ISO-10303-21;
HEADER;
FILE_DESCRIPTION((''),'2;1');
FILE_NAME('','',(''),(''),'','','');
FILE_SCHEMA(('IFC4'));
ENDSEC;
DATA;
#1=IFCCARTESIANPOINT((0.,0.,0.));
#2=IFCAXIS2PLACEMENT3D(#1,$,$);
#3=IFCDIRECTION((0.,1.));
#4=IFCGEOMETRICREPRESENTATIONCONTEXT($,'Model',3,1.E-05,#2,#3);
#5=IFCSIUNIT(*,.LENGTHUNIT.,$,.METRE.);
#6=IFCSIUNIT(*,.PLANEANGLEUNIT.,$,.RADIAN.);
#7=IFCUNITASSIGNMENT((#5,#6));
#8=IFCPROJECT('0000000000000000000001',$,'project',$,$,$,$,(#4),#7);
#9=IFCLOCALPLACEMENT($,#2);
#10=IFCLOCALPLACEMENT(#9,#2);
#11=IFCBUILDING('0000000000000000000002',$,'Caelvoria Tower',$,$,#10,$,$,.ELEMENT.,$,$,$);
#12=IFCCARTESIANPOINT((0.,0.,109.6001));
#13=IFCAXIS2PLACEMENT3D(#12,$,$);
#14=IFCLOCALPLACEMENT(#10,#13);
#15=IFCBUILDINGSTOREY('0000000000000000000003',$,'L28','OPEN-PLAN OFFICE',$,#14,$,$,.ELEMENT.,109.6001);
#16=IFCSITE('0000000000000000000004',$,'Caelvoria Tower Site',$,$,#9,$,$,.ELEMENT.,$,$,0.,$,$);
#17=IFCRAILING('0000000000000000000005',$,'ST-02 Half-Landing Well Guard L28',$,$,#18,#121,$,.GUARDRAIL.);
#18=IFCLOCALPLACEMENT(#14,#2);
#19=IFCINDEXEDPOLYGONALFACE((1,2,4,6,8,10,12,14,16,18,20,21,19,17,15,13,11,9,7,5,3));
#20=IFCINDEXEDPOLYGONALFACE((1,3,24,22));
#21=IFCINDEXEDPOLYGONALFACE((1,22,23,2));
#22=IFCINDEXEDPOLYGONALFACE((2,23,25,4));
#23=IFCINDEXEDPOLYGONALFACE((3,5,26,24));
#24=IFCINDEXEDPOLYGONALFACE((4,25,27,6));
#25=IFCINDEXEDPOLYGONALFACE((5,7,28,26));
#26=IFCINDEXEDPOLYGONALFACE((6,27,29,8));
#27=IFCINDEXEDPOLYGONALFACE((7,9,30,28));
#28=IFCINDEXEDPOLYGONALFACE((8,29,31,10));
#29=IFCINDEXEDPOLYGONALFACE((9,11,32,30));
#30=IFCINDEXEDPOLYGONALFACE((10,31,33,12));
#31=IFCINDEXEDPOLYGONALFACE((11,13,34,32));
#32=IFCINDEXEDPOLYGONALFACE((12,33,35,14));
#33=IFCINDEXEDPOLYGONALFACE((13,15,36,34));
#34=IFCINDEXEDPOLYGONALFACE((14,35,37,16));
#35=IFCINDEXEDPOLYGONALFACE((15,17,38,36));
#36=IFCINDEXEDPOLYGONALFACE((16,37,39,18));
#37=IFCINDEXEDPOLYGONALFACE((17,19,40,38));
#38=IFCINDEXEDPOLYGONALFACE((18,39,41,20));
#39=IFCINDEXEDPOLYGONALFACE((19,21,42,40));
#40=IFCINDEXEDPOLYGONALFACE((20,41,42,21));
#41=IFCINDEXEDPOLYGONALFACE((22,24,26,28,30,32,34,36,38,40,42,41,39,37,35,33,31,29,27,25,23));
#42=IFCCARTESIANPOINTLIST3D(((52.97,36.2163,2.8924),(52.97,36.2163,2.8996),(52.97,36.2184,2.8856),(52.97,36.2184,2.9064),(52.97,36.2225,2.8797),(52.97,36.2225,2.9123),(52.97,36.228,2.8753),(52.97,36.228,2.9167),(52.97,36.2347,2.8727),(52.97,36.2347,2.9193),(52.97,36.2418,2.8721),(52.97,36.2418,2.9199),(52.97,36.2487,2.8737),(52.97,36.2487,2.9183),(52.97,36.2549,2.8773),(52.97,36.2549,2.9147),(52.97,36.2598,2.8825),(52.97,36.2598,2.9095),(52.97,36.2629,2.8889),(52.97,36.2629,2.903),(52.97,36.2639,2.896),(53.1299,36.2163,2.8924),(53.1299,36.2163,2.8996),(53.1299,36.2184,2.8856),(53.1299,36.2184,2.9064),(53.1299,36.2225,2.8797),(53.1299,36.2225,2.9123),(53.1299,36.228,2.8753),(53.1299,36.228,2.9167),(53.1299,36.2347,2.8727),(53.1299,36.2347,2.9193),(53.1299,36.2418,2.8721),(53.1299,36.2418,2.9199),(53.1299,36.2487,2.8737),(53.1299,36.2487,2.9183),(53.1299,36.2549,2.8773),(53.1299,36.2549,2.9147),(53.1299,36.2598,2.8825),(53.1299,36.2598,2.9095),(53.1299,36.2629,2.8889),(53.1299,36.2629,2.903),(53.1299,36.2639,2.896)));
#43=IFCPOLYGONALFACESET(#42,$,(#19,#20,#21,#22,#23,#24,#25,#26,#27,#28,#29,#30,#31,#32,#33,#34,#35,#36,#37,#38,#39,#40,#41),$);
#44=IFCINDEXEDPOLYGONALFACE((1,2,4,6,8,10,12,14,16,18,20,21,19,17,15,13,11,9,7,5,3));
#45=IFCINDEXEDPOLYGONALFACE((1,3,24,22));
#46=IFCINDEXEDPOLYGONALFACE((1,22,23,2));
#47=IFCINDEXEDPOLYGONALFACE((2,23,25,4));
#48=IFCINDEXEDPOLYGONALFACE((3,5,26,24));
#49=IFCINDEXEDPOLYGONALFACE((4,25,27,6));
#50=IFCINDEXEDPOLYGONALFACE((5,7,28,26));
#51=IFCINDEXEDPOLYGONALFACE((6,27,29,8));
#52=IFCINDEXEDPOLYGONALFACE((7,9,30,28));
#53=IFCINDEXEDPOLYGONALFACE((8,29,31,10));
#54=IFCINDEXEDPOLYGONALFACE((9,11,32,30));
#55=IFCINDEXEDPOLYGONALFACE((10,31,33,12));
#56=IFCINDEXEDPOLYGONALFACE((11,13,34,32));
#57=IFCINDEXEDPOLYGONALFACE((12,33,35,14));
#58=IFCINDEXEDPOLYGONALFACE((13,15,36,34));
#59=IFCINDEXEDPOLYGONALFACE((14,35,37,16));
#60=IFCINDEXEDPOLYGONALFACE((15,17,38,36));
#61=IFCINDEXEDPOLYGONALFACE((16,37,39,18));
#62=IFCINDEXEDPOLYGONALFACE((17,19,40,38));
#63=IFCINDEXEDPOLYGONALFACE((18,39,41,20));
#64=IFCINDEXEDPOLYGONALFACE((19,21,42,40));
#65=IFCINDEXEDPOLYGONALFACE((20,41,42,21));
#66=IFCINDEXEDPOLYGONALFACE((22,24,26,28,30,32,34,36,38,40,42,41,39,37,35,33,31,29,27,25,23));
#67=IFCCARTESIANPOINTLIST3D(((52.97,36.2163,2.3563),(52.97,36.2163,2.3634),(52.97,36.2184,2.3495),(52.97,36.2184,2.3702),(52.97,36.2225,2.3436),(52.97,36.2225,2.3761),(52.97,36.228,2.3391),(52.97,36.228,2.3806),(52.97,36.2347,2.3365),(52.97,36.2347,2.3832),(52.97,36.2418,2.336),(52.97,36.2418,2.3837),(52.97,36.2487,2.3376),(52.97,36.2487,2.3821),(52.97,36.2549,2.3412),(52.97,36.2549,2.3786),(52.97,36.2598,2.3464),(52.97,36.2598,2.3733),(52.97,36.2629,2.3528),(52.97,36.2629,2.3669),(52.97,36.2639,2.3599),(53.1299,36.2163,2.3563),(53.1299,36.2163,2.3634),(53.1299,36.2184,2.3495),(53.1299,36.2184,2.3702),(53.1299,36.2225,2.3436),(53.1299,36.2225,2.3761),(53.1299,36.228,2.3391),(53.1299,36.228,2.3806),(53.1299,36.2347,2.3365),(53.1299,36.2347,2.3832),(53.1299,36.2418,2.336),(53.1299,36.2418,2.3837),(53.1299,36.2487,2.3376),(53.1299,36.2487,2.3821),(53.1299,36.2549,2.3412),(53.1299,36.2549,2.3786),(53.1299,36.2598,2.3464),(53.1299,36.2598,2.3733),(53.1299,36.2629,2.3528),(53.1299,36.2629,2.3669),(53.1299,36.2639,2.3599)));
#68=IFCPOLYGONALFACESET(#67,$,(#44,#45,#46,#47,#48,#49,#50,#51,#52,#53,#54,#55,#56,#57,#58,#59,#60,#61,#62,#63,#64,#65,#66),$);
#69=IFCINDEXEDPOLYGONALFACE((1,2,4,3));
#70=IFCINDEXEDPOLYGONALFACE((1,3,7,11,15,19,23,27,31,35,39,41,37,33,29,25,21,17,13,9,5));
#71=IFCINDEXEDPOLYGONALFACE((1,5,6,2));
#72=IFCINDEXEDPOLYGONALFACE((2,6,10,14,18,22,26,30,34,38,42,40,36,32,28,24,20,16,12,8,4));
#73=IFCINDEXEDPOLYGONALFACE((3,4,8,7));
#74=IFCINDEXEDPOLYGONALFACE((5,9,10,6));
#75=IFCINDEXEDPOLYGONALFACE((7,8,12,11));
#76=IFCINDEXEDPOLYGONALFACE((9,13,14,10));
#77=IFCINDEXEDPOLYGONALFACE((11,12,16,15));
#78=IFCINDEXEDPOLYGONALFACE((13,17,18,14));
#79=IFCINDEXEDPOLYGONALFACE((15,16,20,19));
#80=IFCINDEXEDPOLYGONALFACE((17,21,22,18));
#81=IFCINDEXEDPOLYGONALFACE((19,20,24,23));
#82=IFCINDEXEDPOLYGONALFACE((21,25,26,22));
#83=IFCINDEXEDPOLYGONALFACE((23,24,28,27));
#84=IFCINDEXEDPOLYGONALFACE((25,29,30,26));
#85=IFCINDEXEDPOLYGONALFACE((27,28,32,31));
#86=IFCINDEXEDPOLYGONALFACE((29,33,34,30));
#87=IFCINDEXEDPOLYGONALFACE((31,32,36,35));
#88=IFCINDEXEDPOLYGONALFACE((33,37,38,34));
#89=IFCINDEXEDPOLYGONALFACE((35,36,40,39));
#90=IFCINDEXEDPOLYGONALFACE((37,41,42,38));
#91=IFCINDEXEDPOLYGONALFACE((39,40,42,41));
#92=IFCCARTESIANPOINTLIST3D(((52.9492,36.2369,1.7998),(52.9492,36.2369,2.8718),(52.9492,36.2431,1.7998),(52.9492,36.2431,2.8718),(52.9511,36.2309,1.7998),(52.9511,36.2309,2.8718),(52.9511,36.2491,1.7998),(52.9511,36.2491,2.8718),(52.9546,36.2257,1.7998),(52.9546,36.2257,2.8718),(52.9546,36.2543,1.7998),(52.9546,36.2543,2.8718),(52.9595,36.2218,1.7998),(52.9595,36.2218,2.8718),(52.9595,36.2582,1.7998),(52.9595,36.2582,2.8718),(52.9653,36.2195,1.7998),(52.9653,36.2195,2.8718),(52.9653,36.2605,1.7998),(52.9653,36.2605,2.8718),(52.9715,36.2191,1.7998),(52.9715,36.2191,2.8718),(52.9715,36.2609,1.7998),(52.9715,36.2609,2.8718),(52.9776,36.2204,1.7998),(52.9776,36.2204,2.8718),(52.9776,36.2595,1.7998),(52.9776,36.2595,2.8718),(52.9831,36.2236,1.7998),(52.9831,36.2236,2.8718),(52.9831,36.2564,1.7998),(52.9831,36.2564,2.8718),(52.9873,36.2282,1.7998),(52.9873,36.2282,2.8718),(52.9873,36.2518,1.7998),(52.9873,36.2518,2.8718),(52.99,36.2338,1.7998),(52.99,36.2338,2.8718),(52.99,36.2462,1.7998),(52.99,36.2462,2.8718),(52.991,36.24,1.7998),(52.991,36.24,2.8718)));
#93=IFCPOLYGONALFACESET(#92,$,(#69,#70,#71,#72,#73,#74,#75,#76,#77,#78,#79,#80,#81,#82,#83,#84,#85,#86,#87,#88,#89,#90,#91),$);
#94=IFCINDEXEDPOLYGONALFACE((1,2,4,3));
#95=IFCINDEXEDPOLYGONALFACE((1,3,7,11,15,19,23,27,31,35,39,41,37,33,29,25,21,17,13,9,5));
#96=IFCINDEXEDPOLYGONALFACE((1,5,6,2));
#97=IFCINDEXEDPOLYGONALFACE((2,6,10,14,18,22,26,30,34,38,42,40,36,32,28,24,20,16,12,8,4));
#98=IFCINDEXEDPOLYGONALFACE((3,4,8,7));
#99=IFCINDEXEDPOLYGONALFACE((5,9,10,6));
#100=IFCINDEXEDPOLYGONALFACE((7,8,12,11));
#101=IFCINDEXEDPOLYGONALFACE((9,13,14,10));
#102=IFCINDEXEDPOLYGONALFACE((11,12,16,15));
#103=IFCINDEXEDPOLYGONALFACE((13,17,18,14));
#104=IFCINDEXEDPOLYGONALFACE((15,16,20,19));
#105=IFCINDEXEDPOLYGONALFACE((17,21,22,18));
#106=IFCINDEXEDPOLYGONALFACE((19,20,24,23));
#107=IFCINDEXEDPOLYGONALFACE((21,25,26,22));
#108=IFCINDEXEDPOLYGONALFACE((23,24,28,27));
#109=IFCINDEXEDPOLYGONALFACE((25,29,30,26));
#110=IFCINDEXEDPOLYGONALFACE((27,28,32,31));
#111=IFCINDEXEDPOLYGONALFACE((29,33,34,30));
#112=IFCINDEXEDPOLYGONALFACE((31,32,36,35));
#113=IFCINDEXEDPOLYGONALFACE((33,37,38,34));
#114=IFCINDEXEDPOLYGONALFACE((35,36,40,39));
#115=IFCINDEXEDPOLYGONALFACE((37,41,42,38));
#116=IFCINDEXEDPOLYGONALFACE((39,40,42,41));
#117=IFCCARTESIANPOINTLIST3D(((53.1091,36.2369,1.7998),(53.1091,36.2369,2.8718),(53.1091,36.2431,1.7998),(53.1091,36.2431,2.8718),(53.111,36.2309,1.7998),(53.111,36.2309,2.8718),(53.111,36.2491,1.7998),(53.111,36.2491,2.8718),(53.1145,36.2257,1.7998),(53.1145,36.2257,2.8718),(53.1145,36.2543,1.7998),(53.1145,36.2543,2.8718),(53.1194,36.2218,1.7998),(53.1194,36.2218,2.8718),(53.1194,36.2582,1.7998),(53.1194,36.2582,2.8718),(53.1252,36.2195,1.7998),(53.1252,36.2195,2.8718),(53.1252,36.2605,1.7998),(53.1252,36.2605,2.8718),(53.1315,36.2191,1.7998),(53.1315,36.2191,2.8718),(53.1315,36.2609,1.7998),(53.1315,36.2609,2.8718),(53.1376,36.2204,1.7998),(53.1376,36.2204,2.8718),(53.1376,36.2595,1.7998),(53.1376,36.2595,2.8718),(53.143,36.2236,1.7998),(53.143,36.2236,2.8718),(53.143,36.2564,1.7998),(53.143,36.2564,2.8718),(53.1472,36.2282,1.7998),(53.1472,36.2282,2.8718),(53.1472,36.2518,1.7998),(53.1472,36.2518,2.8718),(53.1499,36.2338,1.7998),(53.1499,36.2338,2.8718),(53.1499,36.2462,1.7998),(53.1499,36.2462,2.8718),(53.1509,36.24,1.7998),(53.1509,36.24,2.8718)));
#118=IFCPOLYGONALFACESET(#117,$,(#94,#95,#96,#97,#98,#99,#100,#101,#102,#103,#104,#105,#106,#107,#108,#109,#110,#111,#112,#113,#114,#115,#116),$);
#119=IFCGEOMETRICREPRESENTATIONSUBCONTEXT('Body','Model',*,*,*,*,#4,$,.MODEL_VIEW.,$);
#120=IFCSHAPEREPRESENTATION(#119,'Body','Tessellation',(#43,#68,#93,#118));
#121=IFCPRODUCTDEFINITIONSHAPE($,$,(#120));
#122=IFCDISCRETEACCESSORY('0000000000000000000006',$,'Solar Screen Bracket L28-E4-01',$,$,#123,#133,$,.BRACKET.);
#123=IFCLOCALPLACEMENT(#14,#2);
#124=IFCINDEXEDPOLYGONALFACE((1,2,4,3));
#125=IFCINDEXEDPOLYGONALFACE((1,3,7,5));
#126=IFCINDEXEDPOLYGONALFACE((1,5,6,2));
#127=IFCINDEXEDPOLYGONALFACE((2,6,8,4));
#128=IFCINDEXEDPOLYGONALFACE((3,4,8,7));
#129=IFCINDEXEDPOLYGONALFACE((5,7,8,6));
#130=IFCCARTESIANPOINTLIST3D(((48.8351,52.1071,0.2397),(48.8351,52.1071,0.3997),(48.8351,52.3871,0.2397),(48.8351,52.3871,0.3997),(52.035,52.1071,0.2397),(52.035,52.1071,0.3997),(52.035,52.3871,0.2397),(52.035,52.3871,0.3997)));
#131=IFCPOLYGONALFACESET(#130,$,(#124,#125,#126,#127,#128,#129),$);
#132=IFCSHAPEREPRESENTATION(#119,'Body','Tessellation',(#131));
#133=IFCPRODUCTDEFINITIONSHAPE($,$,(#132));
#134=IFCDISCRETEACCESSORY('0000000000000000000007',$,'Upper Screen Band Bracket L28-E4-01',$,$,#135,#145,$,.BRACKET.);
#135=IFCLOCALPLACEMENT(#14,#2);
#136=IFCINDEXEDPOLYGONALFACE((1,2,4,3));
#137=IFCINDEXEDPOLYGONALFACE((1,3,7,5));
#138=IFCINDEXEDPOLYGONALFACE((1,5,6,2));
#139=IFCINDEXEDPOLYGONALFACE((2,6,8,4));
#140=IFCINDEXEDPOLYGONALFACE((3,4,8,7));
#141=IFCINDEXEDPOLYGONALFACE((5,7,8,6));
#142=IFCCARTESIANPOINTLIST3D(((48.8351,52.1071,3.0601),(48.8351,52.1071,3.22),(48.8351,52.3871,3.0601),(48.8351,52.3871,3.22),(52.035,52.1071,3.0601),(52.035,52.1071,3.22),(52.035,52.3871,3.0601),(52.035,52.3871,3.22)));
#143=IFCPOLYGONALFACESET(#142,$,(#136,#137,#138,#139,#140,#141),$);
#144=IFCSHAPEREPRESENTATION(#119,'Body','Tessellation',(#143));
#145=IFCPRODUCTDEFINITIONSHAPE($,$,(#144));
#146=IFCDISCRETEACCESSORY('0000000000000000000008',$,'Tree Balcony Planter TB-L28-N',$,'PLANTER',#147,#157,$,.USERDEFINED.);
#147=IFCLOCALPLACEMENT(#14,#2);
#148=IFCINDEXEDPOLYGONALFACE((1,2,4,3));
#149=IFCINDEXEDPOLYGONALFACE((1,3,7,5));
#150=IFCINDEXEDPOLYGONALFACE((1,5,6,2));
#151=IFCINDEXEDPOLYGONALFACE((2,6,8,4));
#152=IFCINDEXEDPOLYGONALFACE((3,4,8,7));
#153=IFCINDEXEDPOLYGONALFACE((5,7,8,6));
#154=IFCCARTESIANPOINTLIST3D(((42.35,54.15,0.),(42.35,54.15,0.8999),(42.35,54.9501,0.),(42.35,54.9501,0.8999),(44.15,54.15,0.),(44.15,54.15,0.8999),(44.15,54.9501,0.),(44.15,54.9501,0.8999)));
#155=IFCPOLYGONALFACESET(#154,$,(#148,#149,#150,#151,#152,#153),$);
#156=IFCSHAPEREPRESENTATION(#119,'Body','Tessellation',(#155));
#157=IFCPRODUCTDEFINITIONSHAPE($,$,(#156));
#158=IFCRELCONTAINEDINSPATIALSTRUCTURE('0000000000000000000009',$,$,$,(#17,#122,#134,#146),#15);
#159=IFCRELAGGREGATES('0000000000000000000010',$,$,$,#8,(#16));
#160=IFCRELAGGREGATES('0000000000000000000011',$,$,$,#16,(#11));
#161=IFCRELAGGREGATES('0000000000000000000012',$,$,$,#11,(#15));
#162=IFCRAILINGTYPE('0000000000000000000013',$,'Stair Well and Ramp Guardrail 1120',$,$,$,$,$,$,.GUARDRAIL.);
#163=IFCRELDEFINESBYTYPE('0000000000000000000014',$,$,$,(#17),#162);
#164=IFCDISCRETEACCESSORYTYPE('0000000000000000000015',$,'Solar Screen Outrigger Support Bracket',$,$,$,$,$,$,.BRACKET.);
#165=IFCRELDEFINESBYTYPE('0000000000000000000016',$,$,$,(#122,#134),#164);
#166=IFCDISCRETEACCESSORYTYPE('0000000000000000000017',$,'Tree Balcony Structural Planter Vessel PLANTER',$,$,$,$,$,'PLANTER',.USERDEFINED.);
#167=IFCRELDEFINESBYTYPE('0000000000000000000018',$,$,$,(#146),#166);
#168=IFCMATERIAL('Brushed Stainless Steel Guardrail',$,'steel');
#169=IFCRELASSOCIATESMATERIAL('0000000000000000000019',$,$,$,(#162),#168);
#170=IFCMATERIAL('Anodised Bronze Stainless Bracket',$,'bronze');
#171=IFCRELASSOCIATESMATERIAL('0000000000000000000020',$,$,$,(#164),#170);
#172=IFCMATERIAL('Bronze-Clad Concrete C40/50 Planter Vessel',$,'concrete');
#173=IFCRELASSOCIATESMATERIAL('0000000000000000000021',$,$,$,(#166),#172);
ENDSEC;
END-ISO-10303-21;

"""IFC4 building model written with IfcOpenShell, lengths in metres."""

from ifc_helpers import new_model, si_unit, direction, frame, origin, origin_2d, place, context, subcontext, project, spatial, rectangle, circle, extrude, material, type_object, element, save


model = new_model("IFC4")

# Units and contexts
model_context = context("Model", 3, precision=1e-05, world=origin(), true_north=direction((0.0, 1.0)))
body_context = subcontext(model_context, "Body", "Model", "MODEL_VIEW")
ifc_project = project(units=[si_unit("LENGTHUNIT", "METRE"), si_unit("PLANEANGLEUNIT", "RADIAN")], contexts=[model_context])

# Site, building, storey
site_placement = place(None, origin())
site = spatial("IfcSite", under=ifc_project, at=site_placement, Name="Caelvoria Tower Site", CompositionType="ELEMENT", RefElevation=0.0)
building_placement = place(site_placement, origin())
building = spatial("IfcBuilding", under=site, at=building_placement, Name="Caelvoria Tower", CompositionType="ELEMENT")
storey_placement = place(building_placement, frame((0.0, 0.0, 109.6001)))
storey = spatial("IfcBuildingStorey", under=building, at=storey_placement, Name="L28", Description="OPEN-PLAN OFFICE", CompositionType="ELEMENT", Elevation=109.6001)

# Railing
ifc_material_1 = material(Name="Brushed Stainless Steel Guardrail", Category="steel")
railing_type_1 = type_object("IfcRailingType", Name="Stair Well and Ramp Guardrail 1120", PredefinedType="GUARDRAIL", material=ifc_material_1)
railing_1_placement = place(storey_placement, frame((52.97, 36.24, 1.7998)))
element("IfcRailing", 1, at=railing_1_placement, inside=storey, type_object=railing_type_1, Name="ST-02 Half-Landing Well Guard L28", PredefinedType="GUARDRAIL", context=body_context, shape_type="SweptSolid", body=[
    extrude(circle(Radius=0.0239, at=origin_2d()), frame((0.0, 0.0, 1.0962), z_axis=(1.0, 0.0, 0.0), x_axis=(0.0, 1.0, 0.0)), (0.0, 0.0, 1.0), 0.1599),
    extrude(circle(Radius=0.0239, at=origin_2d()), frame((0.0, 0.0, 0.5601), z_axis=(1.0, 0.0, 0.0), x_axis=(0.0, 1.0, 0.0)), (0.0, 0.0, 1.0), 0.1599),
    extrude(circle(Radius=0.021, at=origin_2d()), origin(), (0.0, 0.0, 1.0), 1.072),
    extrude(circle(Radius=0.021, at=origin_2d()), frame((0.1599, 0.0, 0.0)), (0.0, 0.0, 1.0), 1.072),
])

# Discrete accessories
ifc_material_2 = material(Name="Anodised Bronze Stainless Bracket", Category="bronze")
discrete_accessory_type_1 = type_object("IfcDiscreteAccessoryType", Name="Solar Screen Outrigger Support Bracket", PredefinedType="BRACKET", material=ifc_material_2)
for number, where, z_axis, x_axis, name in (
    (2, (50.4351, 52.2471, 0.2397), (0.0, 0.0, 1.0), (-1.0, 0.0, 0.0), "Solar Screen Bracket L28-E4-01"),
    (3, (50.4351, 52.2471, 3.0601), (0.0, 0.0, 1.0), (-1.0, 0.0, 0.0), "Upper Screen Band Bracket L28-E4-01"),
):
    element("IfcDiscreteAccessory", number, at=place(storey_placement, frame(where, z_axis=z_axis, x_axis=x_axis)), inside=storey, type_object=discrete_accessory_type_1, Name=name, PredefinedType="BRACKET", context=body_context, shape_type="SweptSolid", body=[
        extrude(rectangle(XDim=3.2, YDim=0.28, at=origin_2d()), origin(), (0.0, 0.0, 1.0), 0.1599),
    ])
ifc_material_3 = material(Name="Bronze-Clad Concrete C40/50 Planter Vessel", Category="concrete")
discrete_accessory_type_2 = type_object("IfcDiscreteAccessoryType", Name="Tree Balcony Structural Planter Vessel PLANTER", ElementType="PLANTER", PredefinedType="USERDEFINED", material=ifc_material_3)
discrete_accessory_placement = place(storey_placement, frame((43.25, 54.55, 0.0), z_axis=(0.0, 0.0, 1.0), x_axis=(1.0, 0.0, 0.0)))
element("IfcDiscreteAccessory", 4, at=discrete_accessory_placement, inside=storey, type_object=discrete_accessory_type_2, Name="Tree Balcony Planter TB-L28-N", ObjectType="PLANTER", PredefinedType="USERDEFINED", context=body_context, shape_type="SweptSolid", body=[
    extrude(rectangle(XDim=1.8, YDim=0.8, at=origin_2d()), origin(), (0.0, 0.0, 1.0), 0.8999),
])

save(model, "model.ifc")
